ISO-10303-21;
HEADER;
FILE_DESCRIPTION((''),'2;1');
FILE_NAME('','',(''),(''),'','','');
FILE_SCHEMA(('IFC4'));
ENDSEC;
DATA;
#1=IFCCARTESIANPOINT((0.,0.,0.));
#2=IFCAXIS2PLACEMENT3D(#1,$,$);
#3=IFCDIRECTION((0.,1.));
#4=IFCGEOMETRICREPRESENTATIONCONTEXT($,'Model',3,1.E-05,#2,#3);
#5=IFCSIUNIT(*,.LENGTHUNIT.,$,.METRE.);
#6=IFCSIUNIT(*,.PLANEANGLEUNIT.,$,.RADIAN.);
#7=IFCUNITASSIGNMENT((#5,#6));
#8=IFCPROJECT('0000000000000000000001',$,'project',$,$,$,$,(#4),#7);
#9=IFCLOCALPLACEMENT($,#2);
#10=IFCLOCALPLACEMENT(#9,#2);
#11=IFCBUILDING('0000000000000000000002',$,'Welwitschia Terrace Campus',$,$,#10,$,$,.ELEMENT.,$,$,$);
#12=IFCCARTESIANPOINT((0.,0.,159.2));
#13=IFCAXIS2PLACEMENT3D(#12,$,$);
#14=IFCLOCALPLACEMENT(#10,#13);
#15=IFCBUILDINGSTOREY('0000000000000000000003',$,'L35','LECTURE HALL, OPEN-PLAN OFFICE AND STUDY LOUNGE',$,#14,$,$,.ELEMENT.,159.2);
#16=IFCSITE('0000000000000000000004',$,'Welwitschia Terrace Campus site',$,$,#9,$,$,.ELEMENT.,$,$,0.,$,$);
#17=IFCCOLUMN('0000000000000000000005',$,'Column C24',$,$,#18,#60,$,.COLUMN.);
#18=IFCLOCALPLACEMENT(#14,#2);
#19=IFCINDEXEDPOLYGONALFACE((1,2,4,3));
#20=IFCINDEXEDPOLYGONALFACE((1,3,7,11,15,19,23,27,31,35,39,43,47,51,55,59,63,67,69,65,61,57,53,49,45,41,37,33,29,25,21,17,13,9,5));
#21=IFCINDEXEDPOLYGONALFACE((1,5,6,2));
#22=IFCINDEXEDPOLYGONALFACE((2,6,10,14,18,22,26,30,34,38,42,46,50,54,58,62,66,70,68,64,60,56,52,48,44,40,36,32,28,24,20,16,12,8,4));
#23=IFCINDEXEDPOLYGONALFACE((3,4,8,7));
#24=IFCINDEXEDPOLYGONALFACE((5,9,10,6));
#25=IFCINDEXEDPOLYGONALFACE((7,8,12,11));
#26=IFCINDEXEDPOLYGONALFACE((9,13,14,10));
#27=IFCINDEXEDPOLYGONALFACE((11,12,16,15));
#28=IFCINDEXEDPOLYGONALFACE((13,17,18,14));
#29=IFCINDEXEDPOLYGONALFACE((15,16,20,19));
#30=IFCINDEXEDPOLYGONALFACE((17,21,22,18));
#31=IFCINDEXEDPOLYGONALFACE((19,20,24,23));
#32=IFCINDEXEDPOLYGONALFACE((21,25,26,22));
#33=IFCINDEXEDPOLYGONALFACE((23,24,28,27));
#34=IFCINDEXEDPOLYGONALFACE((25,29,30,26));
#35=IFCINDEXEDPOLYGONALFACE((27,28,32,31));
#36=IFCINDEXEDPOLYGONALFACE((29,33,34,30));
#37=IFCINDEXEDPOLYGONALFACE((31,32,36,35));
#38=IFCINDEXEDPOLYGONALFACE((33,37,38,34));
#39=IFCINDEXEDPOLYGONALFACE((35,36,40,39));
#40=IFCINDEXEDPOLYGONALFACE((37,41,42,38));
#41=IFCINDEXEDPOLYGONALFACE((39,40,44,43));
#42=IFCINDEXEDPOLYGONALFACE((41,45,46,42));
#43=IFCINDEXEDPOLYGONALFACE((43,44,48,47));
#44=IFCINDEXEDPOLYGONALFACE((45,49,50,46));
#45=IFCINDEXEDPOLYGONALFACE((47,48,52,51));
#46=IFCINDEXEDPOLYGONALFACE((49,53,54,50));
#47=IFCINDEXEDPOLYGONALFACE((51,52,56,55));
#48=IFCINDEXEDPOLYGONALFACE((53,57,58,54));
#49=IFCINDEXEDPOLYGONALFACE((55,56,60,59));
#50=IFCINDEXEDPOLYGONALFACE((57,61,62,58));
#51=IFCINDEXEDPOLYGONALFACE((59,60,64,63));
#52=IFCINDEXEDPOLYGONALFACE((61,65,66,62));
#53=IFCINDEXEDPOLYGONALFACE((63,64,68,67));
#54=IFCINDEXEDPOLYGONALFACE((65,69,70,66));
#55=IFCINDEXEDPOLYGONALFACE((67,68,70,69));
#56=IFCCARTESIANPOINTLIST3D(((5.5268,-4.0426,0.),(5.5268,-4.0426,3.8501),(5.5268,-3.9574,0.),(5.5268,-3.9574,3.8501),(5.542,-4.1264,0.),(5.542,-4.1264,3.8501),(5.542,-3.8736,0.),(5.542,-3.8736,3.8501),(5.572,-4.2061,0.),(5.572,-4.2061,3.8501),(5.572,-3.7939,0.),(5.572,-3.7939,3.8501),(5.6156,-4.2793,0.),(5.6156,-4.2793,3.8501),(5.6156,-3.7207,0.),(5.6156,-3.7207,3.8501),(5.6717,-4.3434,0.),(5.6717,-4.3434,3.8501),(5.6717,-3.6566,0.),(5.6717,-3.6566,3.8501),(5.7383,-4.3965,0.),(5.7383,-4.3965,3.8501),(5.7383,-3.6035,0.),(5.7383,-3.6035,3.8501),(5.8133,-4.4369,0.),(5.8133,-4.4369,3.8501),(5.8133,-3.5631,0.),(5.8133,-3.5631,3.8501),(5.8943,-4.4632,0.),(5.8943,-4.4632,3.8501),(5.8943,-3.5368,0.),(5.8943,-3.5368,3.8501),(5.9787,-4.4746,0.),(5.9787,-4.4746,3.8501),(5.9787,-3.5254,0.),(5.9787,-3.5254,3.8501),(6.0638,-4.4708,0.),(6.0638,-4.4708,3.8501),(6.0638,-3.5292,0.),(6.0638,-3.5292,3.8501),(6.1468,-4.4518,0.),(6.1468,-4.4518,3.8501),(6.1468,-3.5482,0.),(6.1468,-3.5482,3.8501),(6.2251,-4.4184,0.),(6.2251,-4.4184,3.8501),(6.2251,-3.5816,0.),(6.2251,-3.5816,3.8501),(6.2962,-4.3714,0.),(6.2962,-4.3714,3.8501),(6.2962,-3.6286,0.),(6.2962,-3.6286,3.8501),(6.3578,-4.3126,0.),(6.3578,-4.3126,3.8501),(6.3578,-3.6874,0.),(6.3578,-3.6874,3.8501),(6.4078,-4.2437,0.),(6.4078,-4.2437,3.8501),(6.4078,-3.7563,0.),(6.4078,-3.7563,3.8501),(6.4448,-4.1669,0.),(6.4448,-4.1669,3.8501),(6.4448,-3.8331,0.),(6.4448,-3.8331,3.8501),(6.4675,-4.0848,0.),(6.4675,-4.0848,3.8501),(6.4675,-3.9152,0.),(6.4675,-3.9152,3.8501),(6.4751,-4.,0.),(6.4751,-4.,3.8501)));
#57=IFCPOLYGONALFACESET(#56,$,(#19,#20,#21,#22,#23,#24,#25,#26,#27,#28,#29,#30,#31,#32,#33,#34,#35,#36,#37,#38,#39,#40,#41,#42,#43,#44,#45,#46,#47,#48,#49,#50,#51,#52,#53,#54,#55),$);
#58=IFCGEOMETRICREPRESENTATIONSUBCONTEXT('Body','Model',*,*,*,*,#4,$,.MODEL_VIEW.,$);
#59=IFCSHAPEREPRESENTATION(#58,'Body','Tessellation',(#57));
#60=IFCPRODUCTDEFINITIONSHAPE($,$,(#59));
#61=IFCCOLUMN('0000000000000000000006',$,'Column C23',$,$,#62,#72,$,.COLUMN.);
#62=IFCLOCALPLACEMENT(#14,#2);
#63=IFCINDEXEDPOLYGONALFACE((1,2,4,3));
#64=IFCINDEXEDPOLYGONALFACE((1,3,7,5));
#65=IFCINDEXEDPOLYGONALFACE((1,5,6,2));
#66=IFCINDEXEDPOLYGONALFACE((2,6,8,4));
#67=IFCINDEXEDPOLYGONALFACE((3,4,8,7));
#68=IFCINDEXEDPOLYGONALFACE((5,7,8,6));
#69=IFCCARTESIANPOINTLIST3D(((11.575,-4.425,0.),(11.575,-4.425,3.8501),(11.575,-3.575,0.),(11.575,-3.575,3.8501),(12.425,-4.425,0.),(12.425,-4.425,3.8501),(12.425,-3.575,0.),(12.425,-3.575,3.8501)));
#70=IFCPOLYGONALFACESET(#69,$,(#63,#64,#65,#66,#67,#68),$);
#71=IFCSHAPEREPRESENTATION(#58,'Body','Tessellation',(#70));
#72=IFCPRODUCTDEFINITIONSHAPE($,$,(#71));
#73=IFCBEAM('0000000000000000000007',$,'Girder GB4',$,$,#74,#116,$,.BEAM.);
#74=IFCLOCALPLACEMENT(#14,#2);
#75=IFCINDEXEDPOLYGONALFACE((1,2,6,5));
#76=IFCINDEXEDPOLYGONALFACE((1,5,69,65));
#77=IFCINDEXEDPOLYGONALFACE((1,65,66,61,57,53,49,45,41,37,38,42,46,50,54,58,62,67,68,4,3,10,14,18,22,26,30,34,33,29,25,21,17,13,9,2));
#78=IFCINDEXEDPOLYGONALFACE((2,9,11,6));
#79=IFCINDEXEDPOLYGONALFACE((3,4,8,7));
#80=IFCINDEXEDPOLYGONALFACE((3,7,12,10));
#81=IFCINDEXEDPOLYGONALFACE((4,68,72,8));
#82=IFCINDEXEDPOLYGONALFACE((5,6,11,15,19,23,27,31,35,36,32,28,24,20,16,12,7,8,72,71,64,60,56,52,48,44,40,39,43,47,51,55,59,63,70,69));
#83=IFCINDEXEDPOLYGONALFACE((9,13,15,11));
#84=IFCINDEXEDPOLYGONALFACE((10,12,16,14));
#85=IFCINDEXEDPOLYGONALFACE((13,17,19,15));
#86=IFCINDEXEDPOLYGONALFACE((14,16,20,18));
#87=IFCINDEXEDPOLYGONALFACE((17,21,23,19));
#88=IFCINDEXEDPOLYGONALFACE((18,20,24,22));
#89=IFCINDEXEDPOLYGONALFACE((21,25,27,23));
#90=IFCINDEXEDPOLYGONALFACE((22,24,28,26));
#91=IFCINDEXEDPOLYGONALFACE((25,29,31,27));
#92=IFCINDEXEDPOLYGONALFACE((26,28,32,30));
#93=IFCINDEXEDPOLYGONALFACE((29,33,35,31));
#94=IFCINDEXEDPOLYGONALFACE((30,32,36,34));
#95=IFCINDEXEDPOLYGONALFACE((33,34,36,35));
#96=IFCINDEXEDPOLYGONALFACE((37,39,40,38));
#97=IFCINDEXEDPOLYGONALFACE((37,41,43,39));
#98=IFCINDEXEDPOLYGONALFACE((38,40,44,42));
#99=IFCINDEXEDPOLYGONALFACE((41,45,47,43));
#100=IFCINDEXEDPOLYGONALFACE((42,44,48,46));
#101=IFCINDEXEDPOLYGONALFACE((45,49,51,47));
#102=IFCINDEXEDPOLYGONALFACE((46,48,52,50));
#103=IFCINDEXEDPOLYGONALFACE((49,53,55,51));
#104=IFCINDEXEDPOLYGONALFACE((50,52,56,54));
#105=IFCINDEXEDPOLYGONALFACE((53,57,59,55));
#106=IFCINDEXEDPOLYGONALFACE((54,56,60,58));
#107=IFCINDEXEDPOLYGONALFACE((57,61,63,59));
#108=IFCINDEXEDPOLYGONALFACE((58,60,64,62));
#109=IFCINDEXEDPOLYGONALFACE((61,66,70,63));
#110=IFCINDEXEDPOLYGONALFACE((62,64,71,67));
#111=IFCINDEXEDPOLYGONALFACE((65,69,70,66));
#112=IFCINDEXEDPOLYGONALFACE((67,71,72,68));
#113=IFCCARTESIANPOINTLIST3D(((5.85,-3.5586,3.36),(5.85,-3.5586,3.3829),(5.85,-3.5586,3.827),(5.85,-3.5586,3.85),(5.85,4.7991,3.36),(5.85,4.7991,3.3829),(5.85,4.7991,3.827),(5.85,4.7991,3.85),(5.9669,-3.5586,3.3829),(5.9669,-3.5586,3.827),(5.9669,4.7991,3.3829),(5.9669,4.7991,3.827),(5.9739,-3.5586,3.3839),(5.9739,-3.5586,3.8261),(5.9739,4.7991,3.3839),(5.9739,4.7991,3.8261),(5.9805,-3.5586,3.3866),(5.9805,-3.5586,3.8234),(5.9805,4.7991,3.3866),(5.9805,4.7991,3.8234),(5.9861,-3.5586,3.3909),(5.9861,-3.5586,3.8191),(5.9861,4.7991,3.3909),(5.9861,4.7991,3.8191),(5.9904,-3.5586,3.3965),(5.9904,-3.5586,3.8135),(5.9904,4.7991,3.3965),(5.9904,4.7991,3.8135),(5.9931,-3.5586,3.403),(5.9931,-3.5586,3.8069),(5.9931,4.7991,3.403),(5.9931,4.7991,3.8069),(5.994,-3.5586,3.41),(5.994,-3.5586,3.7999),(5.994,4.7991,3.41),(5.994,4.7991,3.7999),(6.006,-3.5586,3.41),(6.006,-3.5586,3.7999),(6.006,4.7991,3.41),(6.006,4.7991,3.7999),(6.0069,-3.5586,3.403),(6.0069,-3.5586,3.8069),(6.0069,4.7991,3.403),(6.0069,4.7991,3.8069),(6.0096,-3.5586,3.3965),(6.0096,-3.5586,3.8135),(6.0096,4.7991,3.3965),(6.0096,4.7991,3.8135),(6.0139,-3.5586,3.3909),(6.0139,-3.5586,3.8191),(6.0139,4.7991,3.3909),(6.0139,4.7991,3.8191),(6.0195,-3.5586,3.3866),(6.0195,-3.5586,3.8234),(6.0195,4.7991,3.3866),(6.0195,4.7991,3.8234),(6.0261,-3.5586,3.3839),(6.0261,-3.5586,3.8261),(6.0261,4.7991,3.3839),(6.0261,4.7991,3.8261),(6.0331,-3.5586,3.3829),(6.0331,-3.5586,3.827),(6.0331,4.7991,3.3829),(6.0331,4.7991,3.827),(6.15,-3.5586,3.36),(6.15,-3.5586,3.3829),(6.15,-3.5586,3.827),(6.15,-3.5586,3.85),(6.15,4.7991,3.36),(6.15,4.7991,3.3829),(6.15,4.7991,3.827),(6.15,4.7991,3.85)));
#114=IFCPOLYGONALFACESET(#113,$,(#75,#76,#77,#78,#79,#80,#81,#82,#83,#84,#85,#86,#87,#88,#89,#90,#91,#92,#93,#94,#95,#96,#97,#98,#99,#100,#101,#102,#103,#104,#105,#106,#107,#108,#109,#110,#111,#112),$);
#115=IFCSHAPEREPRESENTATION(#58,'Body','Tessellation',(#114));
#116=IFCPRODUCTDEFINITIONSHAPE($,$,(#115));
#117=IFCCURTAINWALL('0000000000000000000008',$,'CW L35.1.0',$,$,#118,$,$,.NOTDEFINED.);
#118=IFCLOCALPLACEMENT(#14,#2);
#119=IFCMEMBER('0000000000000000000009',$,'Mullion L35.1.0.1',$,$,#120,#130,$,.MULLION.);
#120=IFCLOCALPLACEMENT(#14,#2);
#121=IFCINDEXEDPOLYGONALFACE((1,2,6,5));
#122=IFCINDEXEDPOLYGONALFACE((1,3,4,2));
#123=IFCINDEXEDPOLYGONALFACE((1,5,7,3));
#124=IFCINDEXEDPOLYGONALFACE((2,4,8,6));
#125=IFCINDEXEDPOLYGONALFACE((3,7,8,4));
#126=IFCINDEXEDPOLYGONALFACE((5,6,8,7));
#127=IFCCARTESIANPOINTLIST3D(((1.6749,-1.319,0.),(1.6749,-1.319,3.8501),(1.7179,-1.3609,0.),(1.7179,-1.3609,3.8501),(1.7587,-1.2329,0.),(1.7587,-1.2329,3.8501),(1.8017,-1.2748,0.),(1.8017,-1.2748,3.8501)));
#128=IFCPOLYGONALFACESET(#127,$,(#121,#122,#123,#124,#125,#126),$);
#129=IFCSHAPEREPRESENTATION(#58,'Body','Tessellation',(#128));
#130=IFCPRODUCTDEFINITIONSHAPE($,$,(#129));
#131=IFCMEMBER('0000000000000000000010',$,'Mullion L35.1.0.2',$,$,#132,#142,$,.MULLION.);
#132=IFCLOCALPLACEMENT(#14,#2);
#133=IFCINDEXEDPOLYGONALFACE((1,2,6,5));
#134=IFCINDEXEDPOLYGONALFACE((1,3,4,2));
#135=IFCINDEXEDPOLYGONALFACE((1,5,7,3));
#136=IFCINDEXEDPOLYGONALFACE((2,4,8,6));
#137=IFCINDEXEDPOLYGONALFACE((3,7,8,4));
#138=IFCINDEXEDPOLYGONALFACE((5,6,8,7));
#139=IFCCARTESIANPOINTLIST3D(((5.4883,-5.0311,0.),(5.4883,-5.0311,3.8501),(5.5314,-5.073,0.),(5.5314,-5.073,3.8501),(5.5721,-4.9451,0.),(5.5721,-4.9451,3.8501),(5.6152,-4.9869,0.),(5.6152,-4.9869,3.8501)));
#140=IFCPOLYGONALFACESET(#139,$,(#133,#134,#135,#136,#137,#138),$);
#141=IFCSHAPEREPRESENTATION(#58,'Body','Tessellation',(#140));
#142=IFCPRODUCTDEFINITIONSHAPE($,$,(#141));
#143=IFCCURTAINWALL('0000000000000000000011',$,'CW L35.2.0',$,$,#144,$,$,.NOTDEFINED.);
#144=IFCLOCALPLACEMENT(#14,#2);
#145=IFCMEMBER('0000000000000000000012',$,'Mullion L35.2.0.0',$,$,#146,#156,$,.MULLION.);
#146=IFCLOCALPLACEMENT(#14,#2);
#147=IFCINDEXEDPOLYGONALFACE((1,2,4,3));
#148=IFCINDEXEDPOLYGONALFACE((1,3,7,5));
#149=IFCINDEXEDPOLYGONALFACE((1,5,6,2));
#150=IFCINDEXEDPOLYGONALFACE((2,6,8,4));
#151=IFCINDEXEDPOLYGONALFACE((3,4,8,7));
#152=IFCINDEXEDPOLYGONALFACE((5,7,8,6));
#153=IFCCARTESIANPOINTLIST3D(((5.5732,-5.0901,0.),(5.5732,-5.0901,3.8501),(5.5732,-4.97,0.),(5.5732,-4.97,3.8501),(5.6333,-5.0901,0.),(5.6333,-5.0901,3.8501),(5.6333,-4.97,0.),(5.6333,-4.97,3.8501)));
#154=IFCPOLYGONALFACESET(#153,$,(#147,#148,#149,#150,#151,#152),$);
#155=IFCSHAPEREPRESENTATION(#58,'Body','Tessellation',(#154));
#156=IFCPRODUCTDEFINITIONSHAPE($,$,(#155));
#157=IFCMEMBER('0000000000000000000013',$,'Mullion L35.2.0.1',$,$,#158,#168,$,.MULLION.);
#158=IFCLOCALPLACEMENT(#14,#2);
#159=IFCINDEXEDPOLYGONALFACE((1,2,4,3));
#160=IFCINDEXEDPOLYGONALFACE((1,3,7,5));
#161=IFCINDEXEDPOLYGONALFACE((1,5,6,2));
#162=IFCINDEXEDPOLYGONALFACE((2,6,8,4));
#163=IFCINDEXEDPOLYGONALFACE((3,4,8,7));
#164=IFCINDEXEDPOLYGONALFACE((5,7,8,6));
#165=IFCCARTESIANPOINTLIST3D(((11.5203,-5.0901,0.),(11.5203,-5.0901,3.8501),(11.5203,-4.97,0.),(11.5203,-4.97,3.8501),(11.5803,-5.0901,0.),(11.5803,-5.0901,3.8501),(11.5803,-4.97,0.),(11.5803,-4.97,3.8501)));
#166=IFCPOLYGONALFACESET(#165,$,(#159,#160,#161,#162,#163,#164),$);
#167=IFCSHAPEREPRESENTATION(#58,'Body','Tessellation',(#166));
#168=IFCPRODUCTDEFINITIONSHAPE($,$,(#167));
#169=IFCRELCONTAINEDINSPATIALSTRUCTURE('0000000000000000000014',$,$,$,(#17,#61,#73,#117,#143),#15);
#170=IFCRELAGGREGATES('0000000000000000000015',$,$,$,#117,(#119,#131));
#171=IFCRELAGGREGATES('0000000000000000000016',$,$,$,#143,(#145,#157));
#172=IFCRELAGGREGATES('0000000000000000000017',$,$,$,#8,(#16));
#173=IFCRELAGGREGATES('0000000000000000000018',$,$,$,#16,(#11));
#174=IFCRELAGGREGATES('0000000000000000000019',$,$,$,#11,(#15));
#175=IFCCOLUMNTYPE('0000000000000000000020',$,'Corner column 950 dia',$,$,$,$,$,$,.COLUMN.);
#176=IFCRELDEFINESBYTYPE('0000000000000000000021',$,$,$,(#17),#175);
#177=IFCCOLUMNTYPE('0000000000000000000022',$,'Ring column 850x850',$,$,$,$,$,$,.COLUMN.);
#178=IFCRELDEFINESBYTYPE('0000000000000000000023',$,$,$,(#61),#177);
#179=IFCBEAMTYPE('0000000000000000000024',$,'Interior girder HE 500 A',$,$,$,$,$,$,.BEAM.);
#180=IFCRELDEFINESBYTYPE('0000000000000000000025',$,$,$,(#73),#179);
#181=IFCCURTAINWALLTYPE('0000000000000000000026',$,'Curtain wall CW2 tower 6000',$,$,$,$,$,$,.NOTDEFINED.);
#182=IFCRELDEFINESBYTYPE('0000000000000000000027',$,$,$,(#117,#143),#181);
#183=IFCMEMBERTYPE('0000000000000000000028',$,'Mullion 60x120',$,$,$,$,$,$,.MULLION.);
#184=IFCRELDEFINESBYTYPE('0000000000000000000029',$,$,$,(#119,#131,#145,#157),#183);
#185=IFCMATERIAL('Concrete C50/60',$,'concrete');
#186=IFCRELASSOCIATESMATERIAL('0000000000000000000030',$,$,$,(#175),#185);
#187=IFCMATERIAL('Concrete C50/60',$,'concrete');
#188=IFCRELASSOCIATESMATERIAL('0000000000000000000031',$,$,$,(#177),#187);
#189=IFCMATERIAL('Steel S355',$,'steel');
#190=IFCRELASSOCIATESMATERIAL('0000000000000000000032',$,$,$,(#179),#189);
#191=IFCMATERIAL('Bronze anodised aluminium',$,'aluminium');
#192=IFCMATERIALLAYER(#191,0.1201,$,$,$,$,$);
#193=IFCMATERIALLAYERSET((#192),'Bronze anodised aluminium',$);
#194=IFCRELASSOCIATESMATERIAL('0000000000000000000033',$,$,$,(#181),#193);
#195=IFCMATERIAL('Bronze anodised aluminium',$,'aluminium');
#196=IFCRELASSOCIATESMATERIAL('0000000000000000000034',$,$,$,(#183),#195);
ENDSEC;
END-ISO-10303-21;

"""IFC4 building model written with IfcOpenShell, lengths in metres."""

from ifc_helpers import new_model, si_unit, direction, frame, origin, origin_2d, place, context, subcontext, project, spatial, rectangle, circle, i_section, extrude, material, layer, layer_set, material_profile, profile_set, type_object, element, aggregate, save


model = new_model("IFC4")

# Units and contexts
model_context = context("Model", 3, precision=1e-05, world=origin(), true_north=direction((0.0, 1.0)))
body_context = subcontext(model_context, "Body", "Model", "MODEL_VIEW")
ifc_project = project(units=[si_unit("LENGTHUNIT", "METRE"), si_unit("PLANEANGLEUNIT", "RADIAN")], contexts=[model_context])

# Site, building, storey
site_placement = place(None, origin())
site = spatial("IfcSite", under=ifc_project, at=site_placement, Name="Welwitschia Terrace Campus site", CompositionType="ELEMENT", RefElevation=0.0)
building_placement = place(site_placement, origin())
building = spatial("IfcBuilding", under=site, at=building_placement, Name="Welwitschia Terrace Campus", CompositionType="ELEMENT")
storey_placement = place(building_placement, frame((0.0, 0.0, 159.2)))
storey = spatial("IfcBuildingStorey", under=building, at=storey_placement, Name="L35", Description="LECTURE HALL, OPEN-PLAN OFFICE AND STUDY LOUNGE", CompositionType="ELEMENT", Elevation=159.2)

# Columns
ifc_material_1 = material(Name="Concrete C50/60", Category="concrete")
ifc_material_profile_1 = material_profile(ifc_material_1, circle(Radius=0.4751, at=origin_2d()))
ifc_profile_set_1 = profile_set([ifc_material_profile_1], Name="Concrete C50/60")
column_type_1 = type_object("IfcColumnType", Name="Corner column 950 dia", PredefinedType="COLUMN", material=ifc_profile_set_1)
column_1_placement = place(storey_placement, frame((6.0, -4.0, 0.0), z_axis=(0.0, 0.0, 1.0), x_axis=(1.0, 0.0, 0.0)))
element("IfcColumn", 1, at=column_1_placement, inside=storey, type_object=column_type_1, Name="Column C24", PredefinedType="COLUMN", context=body_context, shape_type="SweptSolid", body=[
    extrude(circle(Radius=0.4751, at=origin_2d()), origin(), (0.0, 0.0, 1.0), 3.8501),
])
ifc_material_2 = material(Name="Concrete C50/60", Category="concrete")
ifc_material_profile_2 = material_profile(ifc_material_2, rectangle(XDim=0.8501, YDim=0.8501, at=origin_2d()))
ifc_profile_set_2 = profile_set([ifc_material_profile_2], Name="Concrete C50/60")
column_type_2 = type_object("IfcColumnType", Name="Ring column 850x850", PredefinedType="COLUMN", material=ifc_profile_set_2)
column_2_placement = place(storey_placement, frame((12.0, -4.0, 0.0), z_axis=(0.0, 0.0, 1.0), x_axis=(1.0, 0.0, 0.0)))
element("IfcColumn", 2, at=column_2_placement, inside=storey, type_object=column_type_2, Name="Column C23", PredefinedType="COLUMN", context=body_context, shape_type="SweptSolid", body=[
    extrude(rectangle(XDim=0.8501, YDim=0.8501, at=origin_2d()), origin(), (0.0, 0.0, 1.0), 3.8501),
])

# Beam
ifc_material_3 = material(Name="Steel S355", Category="steel")
ifc_material_profile_3 = material_profile(ifc_material_3, i_section(OverallWidth=0.3, OverallDepth=0.49, WebThickness=0.012, FlangeThickness=0.0229, FilletRadius=0.0271, at=origin_2d()))
ifc_profile_set_3 = profile_set([ifc_material_profile_3], Name="Steel S355")
beam_type_1 = type_object("IfcBeamType", Name="Interior girder HE 500 A", PredefinedType="BEAM", material=ifc_profile_set_3)
beam_1_placement = place(storey_placement, frame((6.0, -3.5586, 3.605), z_axis=(0.0, 1.0, 0.0), x_axis=(-1.0, 0.0, 0.0)))
element("IfcBeam", 3, at=beam_1_placement, inside=storey, type_object=beam_type_1, Name="Girder GB4", PredefinedType="BEAM", context=body_context, shape_type="SweptSolid", body=[
    extrude(i_section(OverallWidth=0.3, OverallDepth=0.49, WebThickness=0.012, FlangeThickness=0.0229, FilletRadius=0.0271, at=origin_2d()), origin(), (0.0, 0.0, 1.0), 8.3577),
])

# Curtain walls, members
ifc_material_4 = material(Name="Bronze anodised aluminium", Category="aluminium")
ifc_layer_1 = layer(ifc_material_4, 0.1201)
ifc_layer_set_1 = layer_set([ifc_layer_1], Name="Bronze anodised aluminium")
curtain_wall_type = type_object("IfcCurtainWallType", Name="Curtain wall CW2 tower 6000", PredefinedType="NOTDEFINED", material=ifc_layer_set_1)
curtain_wall_1_placement = place(storey_placement, origin())
curtain_wall_1 = element("IfcCurtainWall", 4, at=curtain_wall_1_placement, inside=storey, type_object=curtain_wall_type, Name="CW L35.1.0", PredefinedType="NOTDEFINED")
ifc_material_5 = material(Name="Bronze anodised aluminium", Category="aluminium")
ifc_material_profile_4 = material_profile(ifc_material_5, rectangle(XDim=0.1201, YDim=0.0601, at=origin_2d()))
ifc_profile_set_4 = profile_set([ifc_material_profile_4], Name="Bronze anodised aluminium")
member_type_1 = type_object("IfcMemberType", Name="Mullion 60x120", PredefinedType="MULLION", material=ifc_profile_set_4)
member_1_placement = place(storey_placement, frame((1.7383, -1.2969, 0.0), z_axis=(0.0, 0.0, 1.0), x_axis=(0.69753, 0.716556, 0.0)))
member_1 = element("IfcMember", 5, at=member_1_placement, type_object=member_type_1, Name="Mullion L35.1.0.1", PredefinedType="MULLION", context=body_context, shape_type="SweptSolid", body=[
    extrude(rectangle(XDim=0.1201, YDim=0.0601, at=origin_2d()), origin(), (0.0, 0.0, 1.0), 3.8501),
])
member_2_placement = place(storey_placement, frame((5.5518, -5.009, 0.0), z_axis=(0.0, 0.0, 1.0), x_axis=(0.69753, 0.716556, 0.0)))
member_2 = element("IfcMember", 6, at=member_2_placement, type_object=member_type_1, Name="Mullion L35.1.0.2", PredefinedType="MULLION", context=body_context, shape_type="SweptSolid", body=[
    extrude(rectangle(XDim=0.1201, YDim=0.0601, at=origin_2d()), origin(), (0.0, 0.0, 1.0), 3.8501),
])
curtain_wall_2_placement = place(storey_placement, origin())
curtain_wall_2 = element("IfcCurtainWall", 7, at=curtain_wall_2_placement, inside=storey, type_object=curtain_wall_type, Name="CW L35.2.0", PredefinedType="NOTDEFINED")
member_3_placement = place(storey_placement, frame((5.6033, -5.03, 0.0), z_axis=(0.0, 0.0, 1.0), x_axis=(0.0, 1.0, 0.0)))
member_3 = element("IfcMember", 8, at=member_3_placement, type_object=member_type_1, Name="Mullion L35.2.0.0", PredefinedType="MULLION", context=body_context, shape_type="SweptSolid", body=[
    extrude(rectangle(XDim=0.1201, YDim=0.0601, at=origin_2d()), origin(), (0.0, 0.0, 1.0), 3.8501),
])
member_4_placement = place(storey_placement, frame((11.5503, -5.03, 0.0), z_axis=(0.0, 0.0, 1.0), x_axis=(0.0, 1.0, 0.0)))
member_4 = element("IfcMember", 9, at=member_4_placement, type_object=member_type_1, Name="Mullion L35.2.0.1", PredefinedType="MULLION", context=body_context, shape_type="SweptSolid", body=[
    extrude(rectangle(XDim=0.1201, YDim=0.0601, at=origin_2d()), origin(), (0.0, 0.0, 1.0), 3.8501),
])

aggregate(curtain_wall_1, [member_1, member_2])
aggregate(curtain_wall_2, [member_3, member_4])

save(model, "model.ifc")
